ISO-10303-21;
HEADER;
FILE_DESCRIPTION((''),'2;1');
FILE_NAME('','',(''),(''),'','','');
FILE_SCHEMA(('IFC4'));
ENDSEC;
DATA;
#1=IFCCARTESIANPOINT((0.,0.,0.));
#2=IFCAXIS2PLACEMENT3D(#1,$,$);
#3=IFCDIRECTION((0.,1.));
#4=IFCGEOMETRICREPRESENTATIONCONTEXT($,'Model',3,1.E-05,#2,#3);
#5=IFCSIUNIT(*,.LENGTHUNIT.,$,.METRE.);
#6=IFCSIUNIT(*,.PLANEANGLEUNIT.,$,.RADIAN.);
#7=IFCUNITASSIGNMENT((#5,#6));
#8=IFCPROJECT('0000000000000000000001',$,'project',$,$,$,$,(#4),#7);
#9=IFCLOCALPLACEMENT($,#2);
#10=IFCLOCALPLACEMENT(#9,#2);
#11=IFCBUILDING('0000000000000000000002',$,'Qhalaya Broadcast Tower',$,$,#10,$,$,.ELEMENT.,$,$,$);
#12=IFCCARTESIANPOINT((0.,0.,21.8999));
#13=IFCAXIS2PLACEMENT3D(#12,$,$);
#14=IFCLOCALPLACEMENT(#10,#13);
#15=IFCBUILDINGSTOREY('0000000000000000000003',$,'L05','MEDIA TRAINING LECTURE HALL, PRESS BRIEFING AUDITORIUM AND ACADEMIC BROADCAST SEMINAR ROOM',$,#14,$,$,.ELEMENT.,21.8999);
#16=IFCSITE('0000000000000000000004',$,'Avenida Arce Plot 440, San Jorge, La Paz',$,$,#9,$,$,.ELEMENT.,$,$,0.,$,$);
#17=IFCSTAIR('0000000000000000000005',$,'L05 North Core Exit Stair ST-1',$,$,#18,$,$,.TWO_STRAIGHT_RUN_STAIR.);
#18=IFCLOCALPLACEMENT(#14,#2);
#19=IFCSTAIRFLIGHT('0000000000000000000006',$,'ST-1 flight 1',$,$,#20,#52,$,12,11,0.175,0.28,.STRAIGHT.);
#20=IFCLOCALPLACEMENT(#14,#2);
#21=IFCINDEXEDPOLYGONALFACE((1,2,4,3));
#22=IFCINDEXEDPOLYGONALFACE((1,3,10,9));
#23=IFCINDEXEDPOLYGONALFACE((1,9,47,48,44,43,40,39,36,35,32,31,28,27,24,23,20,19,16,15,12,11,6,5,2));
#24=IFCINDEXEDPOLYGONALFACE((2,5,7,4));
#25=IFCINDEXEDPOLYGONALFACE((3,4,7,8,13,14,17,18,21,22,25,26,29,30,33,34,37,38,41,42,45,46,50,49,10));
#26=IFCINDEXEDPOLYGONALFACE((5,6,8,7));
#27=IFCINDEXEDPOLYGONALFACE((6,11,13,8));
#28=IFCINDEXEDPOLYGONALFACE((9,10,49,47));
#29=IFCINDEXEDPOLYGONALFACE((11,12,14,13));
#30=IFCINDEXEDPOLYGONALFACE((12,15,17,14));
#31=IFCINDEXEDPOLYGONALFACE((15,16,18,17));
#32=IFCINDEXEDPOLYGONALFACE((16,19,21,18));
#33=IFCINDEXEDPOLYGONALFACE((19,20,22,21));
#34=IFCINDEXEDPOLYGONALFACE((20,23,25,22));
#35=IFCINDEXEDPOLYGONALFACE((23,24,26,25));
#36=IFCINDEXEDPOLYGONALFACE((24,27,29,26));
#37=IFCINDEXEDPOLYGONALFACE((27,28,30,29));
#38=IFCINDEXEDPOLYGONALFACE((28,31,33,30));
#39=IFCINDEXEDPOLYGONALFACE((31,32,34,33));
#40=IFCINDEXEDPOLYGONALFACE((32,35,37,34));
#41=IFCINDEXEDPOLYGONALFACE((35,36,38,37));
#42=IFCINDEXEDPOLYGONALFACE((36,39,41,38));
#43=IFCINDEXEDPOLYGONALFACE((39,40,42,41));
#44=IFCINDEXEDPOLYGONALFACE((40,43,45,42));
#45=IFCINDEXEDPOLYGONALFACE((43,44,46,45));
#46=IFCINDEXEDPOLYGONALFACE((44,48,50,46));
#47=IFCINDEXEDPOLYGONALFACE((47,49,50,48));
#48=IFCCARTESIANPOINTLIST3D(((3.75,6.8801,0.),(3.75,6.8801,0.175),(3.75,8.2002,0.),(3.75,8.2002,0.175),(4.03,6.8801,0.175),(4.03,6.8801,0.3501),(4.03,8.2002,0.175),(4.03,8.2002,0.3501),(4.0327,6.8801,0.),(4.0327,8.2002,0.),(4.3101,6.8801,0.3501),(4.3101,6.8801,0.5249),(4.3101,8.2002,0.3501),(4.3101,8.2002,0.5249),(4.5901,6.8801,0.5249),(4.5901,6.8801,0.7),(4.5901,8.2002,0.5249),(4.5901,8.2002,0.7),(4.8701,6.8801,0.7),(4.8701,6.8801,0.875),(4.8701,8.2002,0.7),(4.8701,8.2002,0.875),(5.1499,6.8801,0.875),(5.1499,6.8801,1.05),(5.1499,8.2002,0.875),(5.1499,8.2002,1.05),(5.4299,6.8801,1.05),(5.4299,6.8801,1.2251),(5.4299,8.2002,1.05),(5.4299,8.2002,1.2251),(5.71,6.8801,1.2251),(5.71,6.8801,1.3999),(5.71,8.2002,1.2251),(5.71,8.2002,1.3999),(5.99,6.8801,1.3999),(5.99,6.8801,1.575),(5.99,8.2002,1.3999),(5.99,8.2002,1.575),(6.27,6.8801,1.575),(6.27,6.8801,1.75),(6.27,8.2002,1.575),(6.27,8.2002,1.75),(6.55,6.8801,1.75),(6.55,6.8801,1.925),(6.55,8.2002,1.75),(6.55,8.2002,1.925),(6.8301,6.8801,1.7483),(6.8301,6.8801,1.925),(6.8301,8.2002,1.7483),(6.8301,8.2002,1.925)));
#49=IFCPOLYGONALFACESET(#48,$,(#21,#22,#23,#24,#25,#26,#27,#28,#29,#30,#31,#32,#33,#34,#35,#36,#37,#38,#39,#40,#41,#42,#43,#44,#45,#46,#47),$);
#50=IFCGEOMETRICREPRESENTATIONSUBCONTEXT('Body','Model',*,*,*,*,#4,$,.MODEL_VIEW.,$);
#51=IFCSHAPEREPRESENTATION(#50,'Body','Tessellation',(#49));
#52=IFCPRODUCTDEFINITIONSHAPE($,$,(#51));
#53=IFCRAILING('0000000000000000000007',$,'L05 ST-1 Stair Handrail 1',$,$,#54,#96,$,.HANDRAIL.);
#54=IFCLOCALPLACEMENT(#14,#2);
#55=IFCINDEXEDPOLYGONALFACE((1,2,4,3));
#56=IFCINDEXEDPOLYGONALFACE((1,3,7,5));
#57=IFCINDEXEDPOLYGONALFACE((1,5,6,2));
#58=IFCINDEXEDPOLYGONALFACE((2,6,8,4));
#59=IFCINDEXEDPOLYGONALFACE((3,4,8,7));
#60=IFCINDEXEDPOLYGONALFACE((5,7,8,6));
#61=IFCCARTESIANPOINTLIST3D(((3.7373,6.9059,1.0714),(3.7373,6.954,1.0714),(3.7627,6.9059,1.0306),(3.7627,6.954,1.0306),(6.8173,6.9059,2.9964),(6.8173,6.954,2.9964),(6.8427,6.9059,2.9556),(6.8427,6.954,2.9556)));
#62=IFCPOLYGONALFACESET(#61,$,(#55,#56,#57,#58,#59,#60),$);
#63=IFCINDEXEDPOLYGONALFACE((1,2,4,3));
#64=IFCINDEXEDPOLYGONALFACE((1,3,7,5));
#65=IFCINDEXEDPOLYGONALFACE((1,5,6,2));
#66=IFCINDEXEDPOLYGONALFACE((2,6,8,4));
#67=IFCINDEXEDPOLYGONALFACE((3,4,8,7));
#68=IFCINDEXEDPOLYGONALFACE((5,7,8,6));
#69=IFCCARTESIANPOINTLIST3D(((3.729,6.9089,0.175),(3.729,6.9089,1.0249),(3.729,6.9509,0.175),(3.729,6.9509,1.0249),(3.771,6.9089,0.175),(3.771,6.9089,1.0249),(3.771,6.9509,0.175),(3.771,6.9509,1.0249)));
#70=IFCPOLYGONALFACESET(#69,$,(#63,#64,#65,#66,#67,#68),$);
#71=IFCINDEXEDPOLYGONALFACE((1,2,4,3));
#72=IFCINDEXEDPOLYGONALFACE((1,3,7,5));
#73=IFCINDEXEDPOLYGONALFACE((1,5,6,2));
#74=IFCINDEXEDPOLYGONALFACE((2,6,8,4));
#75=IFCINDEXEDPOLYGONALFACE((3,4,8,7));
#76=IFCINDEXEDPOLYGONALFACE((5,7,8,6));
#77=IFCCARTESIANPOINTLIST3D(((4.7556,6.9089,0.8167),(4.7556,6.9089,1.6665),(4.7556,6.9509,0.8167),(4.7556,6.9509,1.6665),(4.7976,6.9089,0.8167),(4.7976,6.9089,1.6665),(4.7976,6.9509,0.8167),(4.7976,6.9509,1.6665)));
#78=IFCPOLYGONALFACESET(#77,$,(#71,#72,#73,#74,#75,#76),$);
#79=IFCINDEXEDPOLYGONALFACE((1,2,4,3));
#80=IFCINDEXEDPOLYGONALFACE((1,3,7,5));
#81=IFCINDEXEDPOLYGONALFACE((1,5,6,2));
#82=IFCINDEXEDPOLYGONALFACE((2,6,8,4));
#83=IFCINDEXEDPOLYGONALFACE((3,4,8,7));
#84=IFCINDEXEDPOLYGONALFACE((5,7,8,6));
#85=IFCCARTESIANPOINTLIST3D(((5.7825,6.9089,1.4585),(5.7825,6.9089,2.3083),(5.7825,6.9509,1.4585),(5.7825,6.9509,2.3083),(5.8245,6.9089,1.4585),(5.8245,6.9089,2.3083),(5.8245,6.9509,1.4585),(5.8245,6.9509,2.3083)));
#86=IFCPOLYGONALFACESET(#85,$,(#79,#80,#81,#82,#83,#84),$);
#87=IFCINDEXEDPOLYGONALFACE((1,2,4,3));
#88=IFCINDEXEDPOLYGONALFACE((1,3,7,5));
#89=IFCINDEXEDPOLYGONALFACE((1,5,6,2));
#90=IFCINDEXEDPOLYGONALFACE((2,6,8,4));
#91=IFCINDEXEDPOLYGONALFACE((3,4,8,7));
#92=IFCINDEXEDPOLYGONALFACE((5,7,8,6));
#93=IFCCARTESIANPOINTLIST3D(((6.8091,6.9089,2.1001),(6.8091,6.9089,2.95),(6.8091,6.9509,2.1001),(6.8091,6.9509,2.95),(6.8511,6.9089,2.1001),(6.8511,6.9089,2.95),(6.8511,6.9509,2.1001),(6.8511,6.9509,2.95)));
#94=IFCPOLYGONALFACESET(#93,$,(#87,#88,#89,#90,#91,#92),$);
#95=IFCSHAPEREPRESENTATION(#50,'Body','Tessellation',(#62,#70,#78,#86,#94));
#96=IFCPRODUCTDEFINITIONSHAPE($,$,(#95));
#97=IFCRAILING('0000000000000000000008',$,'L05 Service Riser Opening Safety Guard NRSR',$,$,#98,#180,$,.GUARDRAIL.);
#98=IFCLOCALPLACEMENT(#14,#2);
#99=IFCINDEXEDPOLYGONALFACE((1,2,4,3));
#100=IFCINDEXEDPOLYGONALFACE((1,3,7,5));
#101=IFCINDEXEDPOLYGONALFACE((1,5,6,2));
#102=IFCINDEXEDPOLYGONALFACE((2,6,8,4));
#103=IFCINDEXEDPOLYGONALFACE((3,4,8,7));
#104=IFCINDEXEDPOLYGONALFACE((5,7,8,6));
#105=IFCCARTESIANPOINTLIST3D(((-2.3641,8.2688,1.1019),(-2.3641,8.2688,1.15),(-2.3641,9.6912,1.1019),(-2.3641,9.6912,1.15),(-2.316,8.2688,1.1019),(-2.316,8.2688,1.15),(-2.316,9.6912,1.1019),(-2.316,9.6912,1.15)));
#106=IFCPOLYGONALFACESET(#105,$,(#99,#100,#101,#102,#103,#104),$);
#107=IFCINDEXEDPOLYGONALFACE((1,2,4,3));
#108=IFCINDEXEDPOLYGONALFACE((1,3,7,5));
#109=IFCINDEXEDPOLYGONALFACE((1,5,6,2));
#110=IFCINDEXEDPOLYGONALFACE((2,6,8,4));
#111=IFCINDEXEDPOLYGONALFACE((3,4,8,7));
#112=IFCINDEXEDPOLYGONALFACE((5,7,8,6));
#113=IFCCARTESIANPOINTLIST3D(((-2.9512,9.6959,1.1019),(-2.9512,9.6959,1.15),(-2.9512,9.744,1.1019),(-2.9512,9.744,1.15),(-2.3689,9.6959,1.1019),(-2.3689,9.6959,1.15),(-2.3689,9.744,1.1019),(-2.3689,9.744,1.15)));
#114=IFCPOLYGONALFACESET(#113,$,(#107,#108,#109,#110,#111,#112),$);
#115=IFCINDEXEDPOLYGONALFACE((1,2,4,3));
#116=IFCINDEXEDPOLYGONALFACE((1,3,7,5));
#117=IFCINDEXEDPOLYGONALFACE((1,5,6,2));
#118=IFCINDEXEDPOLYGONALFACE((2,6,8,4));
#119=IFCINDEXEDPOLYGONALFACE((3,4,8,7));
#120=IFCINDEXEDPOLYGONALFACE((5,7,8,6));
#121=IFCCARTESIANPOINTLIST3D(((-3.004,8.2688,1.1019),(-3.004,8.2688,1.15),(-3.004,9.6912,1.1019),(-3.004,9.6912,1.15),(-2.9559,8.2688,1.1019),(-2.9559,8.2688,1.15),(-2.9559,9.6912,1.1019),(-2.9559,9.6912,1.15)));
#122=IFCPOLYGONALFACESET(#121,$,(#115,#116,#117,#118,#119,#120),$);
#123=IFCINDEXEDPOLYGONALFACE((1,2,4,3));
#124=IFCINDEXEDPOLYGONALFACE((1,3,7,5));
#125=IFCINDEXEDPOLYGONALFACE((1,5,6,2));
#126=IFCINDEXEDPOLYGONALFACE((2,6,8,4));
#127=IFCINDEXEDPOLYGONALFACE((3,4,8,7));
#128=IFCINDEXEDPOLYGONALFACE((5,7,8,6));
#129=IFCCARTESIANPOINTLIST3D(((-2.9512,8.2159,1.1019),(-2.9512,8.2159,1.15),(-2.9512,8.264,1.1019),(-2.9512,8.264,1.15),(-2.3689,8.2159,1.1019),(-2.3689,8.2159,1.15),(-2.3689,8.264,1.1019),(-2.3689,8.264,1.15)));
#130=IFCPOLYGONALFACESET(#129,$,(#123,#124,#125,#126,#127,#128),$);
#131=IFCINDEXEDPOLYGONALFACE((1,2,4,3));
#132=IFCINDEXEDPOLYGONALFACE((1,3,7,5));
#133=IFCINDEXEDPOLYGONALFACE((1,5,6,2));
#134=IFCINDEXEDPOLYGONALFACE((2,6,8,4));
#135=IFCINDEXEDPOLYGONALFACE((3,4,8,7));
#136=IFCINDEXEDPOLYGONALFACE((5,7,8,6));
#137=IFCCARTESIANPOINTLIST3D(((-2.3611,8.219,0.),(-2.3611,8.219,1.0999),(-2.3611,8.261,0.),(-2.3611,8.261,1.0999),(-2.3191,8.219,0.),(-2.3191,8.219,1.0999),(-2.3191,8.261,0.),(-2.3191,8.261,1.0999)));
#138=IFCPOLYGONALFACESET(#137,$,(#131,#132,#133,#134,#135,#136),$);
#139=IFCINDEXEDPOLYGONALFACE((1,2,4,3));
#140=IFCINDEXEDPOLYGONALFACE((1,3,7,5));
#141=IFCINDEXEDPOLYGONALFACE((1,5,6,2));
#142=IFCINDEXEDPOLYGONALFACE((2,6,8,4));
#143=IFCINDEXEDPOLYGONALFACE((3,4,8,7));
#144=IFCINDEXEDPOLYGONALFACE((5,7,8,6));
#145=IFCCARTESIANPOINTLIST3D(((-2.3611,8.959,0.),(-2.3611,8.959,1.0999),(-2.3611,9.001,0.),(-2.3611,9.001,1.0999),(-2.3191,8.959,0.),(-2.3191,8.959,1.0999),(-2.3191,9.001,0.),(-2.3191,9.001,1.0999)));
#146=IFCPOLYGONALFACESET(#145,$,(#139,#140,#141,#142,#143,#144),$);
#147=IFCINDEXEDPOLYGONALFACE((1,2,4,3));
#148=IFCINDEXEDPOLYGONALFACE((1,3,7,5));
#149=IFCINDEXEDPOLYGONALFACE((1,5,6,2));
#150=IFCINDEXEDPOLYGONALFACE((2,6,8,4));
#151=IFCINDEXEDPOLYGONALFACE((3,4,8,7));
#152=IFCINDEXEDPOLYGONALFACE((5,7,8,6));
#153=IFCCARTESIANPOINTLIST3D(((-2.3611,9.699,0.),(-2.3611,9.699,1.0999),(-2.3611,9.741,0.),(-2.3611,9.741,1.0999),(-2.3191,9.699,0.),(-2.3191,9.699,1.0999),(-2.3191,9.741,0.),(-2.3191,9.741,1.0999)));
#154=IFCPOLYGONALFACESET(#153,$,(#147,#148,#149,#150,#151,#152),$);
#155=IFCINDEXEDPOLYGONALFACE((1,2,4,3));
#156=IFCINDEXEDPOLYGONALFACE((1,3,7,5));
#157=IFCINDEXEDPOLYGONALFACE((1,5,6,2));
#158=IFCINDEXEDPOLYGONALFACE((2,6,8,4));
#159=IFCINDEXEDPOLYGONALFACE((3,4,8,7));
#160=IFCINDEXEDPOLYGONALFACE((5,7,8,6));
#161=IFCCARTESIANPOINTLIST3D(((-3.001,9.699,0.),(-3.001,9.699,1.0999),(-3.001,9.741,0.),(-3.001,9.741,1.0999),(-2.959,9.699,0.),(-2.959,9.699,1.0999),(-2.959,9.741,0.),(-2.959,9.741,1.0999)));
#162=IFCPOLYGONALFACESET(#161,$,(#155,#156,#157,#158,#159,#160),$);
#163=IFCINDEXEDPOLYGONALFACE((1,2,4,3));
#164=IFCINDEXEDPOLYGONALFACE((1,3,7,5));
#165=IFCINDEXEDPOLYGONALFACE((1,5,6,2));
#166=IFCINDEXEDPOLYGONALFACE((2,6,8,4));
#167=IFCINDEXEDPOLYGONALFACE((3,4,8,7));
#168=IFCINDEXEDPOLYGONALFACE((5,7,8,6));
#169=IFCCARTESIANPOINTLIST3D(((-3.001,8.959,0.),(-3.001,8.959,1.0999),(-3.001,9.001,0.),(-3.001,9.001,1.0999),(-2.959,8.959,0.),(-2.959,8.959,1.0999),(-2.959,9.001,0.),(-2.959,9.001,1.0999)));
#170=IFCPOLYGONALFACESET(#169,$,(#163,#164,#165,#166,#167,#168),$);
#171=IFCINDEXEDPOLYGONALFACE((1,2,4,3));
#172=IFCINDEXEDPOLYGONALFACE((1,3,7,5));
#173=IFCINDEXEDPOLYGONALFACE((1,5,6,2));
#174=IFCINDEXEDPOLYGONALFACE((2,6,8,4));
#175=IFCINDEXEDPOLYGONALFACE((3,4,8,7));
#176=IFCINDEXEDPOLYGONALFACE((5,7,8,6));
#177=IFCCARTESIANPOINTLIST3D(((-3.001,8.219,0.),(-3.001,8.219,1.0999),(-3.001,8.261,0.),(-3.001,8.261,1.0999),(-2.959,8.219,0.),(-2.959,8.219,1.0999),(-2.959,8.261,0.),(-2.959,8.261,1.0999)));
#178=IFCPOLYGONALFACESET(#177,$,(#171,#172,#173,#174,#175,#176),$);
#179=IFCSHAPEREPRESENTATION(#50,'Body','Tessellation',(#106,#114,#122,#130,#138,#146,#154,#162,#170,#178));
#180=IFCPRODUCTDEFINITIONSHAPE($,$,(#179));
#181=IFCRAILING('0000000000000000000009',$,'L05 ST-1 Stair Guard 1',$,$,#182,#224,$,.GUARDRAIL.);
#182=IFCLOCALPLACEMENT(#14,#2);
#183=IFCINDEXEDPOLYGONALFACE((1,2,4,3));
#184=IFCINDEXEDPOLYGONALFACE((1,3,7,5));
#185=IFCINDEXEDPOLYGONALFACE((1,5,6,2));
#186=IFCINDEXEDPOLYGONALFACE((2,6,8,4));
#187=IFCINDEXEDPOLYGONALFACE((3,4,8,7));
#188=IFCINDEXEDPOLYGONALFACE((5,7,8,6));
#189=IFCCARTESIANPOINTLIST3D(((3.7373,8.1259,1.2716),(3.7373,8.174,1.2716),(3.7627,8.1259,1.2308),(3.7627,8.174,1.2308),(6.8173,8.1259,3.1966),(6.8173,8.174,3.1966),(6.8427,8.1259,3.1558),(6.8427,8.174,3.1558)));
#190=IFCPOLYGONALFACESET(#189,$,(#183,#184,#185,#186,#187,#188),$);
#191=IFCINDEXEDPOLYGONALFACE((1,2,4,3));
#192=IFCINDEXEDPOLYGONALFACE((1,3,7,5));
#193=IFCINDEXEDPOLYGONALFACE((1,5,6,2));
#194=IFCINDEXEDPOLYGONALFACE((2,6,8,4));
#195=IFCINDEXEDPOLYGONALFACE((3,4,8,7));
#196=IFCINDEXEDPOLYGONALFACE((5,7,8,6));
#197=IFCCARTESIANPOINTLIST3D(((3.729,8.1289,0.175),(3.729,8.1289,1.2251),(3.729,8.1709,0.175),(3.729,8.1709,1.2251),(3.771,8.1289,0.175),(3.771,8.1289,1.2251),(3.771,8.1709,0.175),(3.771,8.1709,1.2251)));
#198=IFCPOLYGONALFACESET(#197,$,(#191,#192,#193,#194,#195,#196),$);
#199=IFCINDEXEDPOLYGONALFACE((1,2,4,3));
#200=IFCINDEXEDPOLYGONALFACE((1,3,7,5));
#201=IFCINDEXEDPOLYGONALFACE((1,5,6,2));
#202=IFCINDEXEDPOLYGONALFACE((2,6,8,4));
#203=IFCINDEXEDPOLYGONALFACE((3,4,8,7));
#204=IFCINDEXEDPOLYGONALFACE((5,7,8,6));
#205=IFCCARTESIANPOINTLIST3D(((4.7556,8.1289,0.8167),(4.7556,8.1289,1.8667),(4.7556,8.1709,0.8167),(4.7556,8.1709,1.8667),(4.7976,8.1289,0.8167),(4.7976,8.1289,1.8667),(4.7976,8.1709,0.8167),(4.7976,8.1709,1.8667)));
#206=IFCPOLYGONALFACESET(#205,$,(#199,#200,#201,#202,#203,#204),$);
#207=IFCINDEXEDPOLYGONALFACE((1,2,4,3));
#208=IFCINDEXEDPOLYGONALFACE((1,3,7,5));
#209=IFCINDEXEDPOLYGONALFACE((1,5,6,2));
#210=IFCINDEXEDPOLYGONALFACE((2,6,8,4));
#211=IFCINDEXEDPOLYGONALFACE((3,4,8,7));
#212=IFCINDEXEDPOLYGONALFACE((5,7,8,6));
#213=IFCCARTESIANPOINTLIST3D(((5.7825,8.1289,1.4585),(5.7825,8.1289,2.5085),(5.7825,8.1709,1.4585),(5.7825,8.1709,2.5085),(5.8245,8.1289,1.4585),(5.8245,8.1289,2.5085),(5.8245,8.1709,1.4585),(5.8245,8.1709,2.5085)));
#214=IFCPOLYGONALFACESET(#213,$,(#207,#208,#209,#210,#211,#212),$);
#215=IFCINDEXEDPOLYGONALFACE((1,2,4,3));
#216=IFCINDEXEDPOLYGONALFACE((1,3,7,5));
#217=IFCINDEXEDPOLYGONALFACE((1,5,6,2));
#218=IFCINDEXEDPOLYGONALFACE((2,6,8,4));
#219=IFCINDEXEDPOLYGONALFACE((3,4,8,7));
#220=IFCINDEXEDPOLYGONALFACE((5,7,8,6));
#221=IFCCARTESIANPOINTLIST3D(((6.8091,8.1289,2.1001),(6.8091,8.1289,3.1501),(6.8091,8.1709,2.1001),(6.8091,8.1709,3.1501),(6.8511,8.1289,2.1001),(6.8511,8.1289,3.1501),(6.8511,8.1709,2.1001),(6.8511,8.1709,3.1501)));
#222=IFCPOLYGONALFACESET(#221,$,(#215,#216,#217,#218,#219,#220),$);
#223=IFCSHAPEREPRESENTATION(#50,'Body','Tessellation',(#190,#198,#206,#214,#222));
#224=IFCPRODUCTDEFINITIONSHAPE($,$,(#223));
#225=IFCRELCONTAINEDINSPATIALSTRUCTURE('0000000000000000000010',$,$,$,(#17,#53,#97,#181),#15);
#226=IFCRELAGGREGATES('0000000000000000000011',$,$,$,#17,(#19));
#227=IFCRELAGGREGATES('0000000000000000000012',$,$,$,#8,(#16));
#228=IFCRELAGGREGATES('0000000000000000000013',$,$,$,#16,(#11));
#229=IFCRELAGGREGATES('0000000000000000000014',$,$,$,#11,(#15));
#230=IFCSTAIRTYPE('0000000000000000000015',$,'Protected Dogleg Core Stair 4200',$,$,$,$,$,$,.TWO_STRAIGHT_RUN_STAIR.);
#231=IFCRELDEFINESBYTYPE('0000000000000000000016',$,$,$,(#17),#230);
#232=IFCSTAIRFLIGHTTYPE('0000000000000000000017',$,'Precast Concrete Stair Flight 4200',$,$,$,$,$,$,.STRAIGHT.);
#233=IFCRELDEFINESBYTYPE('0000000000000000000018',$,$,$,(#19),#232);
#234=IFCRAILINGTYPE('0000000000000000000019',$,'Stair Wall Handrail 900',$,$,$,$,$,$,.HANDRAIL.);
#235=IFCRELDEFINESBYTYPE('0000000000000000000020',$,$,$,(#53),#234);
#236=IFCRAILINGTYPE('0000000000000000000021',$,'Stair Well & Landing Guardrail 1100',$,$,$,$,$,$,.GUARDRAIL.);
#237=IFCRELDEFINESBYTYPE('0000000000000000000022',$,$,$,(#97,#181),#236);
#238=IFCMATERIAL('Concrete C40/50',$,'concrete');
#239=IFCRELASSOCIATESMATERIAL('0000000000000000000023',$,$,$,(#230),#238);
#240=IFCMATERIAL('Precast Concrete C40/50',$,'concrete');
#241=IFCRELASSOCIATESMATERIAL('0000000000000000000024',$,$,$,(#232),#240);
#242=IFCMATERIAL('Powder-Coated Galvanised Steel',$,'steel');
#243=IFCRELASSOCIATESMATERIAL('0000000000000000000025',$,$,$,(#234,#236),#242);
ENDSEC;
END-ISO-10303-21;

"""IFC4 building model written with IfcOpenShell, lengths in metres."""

from ifc_helpers import new_model, si_unit, direction, frame, origin, origin_2d, place, context, subcontext, project, spatial, polyline, rectangle, outline, extrude, material, type_object, element, aggregate, save


model = new_model("IFC4")

# Units and contexts
model_context = context("Model", 3, precision=1e-05, world=origin(), true_north=direction((0.0, 1.0)))
body_context = subcontext(model_context, "Body", "Model", "MODEL_VIEW")
ifc_project = project(units=[si_unit("LENGTHUNIT", "METRE"), si_unit("PLANEANGLEUNIT", "RADIAN")], contexts=[model_context])

# Site, building, storey
site_placement = place(None, origin())
site = spatial("IfcSite", under=ifc_project, at=site_placement, Name="Avenida Arce Plot 440, San Jorge, La Paz", CompositionType="ELEMENT", RefElevation=0.0)
building_placement = place(site_placement, origin())
building = spatial("IfcBuilding", under=site, at=building_placement, Name="Qhalaya Broadcast Tower", CompositionType="ELEMENT")
storey_placement = place(building_placement, frame((0.0, 0.0, 21.8999)))
storey = spatial("IfcBuildingStorey", under=building, at=storey_placement, Name="L05", Description="MEDIA TRAINING LECTURE HALL, PRESS BRIEFING AUDITORIUM AND ACADEMIC BROADCAST SEMINAR ROOM", CompositionType="ELEMENT", Elevation=21.8999)

# Stair
ifc_material_1 = material(Name="Concrete C40/50", Category="concrete")
stair_type = type_object("IfcStairType", Name="Protected Dogleg Core Stair 4200", PredefinedType="TWO_STRAIGHT_RUN_STAIR", material=ifc_material_1)
stair_1_placement = place(storey_placement, origin())
stair_1 = element("IfcStair", 1, at=stair_1_placement, inside=storey, type_object=stair_type, Name="L05 North Core Exit Stair ST-1", PredefinedType="TWO_STRAIGHT_RUN_STAIR")

# Stair flight
ifc_material_2 = material(Name="Precast Concrete C40/50", Category="concrete")
stair_flight_type = type_object("IfcStairFlightType", Name="Precast Concrete Stair Flight 4200", PredefinedType="STRAIGHT", material=ifc_material_2)
stair_flight_placement = place(storey_placement, frame((3.75, 7.54, 0.0), z_axis=(0.0, 0.0, 1.0), x_axis=(1.0, 0.0, 0.0)))
stair_flight = element("IfcStairFlight", 2, at=stair_flight_placement, type_object=stair_flight_type, Name="ST-1 flight 1", NumberOfRisers=12, NumberOfTreads=11, PredefinedType="STRAIGHT", RiserHeight=0.175, TreadLength=0.28, context=body_context, shape_type="SweptSolid", body=[
    extrude(outline(polyline([(0.0, 0.0), (0.0, 0.175), (0.28, 0.175), (0.28, 0.3501), (0.5601, 0.3501), (0.5601, 0.5249), (0.8401, 0.5249), (0.8401, 0.7), (1.1201, 0.7), (1.1201, 0.875), (1.3999, 0.875), (1.3999, 1.05), (1.6799, 1.05), (1.6799, 1.2251), (1.96, 1.2251), (1.96, 1.3999), (2.24, 1.3999), (2.24, 1.575), (2.52, 1.575), (2.52, 1.75), (2.8, 1.75), (2.8, 1.925), (3.0801, 1.925), (3.0801, 2.1001), (3.0801, 1.7483), (0.2827, 0.0), (0.0, 0.0)])), frame((0.0, 0.6602, 0.0), z_axis=(0.0, -1.0, 0.0), x_axis=(1.0, 0.0, 0.0)), (0.0, 0.0, 1.0), 1.3201),
])
aggregate(stair_1, [stair_flight])

# Railings
ifc_material_3 = material(Name="Powder-Coated Galvanised Steel", Category="steel")
railing_type_1 = type_object("IfcRailingType", Name="Stair Wall Handrail 900", PredefinedType="HANDRAIL", material=ifc_material_3)
railing_1_placement = place(storey_placement, frame((3.75, 6.9299, 0.175)))
element("IfcRailing", 3, at=railing_1_placement, inside=storey, type_object=railing_type_1, Name="L05 ST-1 Stair Handrail 1", PredefinedType="HANDRAIL", context=body_context, shape_type="SweptSolid", body=[
    extrude(rectangle(XDim=0.0481, YDim=0.0481, at=origin_2d()), frame((0.0, 0.0, 0.876), z_axis=(0.847998, 0.0, 0.529999), x_axis=(0.0, 1.0, 0.0)), (0.0, 0.0, 1.0), 3.6321),
    extrude(rectangle(XDim=0.042, YDim=0.042, at=origin_2d()), origin(), (0.0, 0.0, 1.0), 0.8499),
    extrude(rectangle(XDim=0.042, YDim=0.042, at=origin_2d()), frame((1.0266, 0.0, 0.6416)), (0.0, 0.0, 1.0), 0.8499),
    extrude(rectangle(XDim=0.042, YDim=0.042, at=origin_2d()), frame((2.0535, 0.0, 1.2834)), (0.0, 0.0, 1.0), 0.8499),
    extrude(rectangle(XDim=0.042, YDim=0.042, at=origin_2d()), frame((3.0801, 0.0, 1.925)), (0.0, 0.0, 1.0), 0.8499),
])
railing_type_2 = type_object("IfcRailingType", Name="Stair Well & Landing Guardrail 1100", PredefinedType="GUARDRAIL", material=ifc_material_3)
railing_2_placement = place(storey_placement, frame((-2.3401, 8.24, 0.0)))
element("IfcRailing", 4, at=railing_2_placement, inside=storey, type_object=railing_type_2, Name="L05 Service Riser Opening Safety Guard NRSR", PredefinedType="GUARDRAIL", context=body_context, shape_type="SweptSolid", body=[
    extrude(rectangle(XDim=0.0481, YDim=0.0481, at=origin_2d()), frame((0.0, 0.0288, 1.126), z_axis=(0.0, 1.0, 0.0), x_axis=(-1.0, 0.0, 0.0)), (0.0, 0.0, 1.0), 1.4224),
    extrude(rectangle(XDim=0.0481, YDim=0.0481, at=origin_2d()), frame((-0.0288, 1.48, 1.126), z_axis=(-1.0, 0.0, 0.0), x_axis=(0.0, -1.0, 0.0)), (0.0, 0.0, 1.0), 0.5823),
    extrude(rectangle(XDim=0.0481, YDim=0.0481, at=origin_2d()), frame((-0.6399, 1.4512, 1.126), z_axis=(0.0, -1.0, 0.0), x_axis=(1.0, 0.0, 0.0)), (0.0, 0.0, 1.0), 1.4224),
    extrude(rectangle(XDim=0.0481, YDim=0.0481, at=origin_2d()), frame((-0.6111, 0.0, 1.126), z_axis=(1.0, 0.0, 0.0), x_axis=(0.0, 1.0, 0.0)), (0.0, 0.0, 1.0), 0.5823),
    extrude(rectangle(XDim=0.042, YDim=0.042, at=origin_2d()), origin(), (0.0, 0.0, 1.0), 1.0999),
    extrude(rectangle(XDim=0.042, YDim=0.042, at=origin_2d()), frame((0.0, 0.74, 0.0)), (0.0, 0.0, 1.0), 1.0999),
    extrude(rectangle(XDim=0.042, YDim=0.042, at=origin_2d()), frame((0.0, 1.48, 0.0)), (0.0, 0.0, 1.0), 1.0999),
    extrude(rectangle(XDim=0.042, YDim=0.042, at=origin_2d()), frame((-0.6399, 1.48, 0.0)), (0.0, 0.0, 1.0), 1.0999),
    extrude(rectangle(XDim=0.042, YDim=0.042, at=origin_2d()), frame((-0.6399, 0.74, 0.0)), (0.0, 0.0, 1.0), 1.0999),
    extrude(rectangle(XDim=0.042, YDim=0.042, at=origin_2d()), frame((-0.6399, 0.0, 0.0)), (0.0, 0.0, 1.0), 1.0999),
])
railing_3_placement = place(storey_placement, frame((3.75, 8.1499, 0.175)))
element("IfcRailing", 5, at=railing_3_placement, inside=storey, type_object=railing_type_2, Name="L05 ST-1 Stair Guard 1", PredefinedType="GUARDRAIL", context=body_context, shape_type="SweptSolid", body=[
    extrude(rectangle(XDim=0.0481, YDim=0.0481, at=origin_2d()), frame((0.0, 0.0, 1.0762), z_axis=(0.847998, 0.0, 0.529999), x_axis=(0.0, 1.0, 0.0)), (0.0, 0.0, 1.0), 3.6321),
    extrude(rectangle(XDim=0.042, YDim=0.042, at=origin_2d()), origin(), (0.0, 0.0, 1.0), 1.05),
    extrude(rectangle(XDim=0.042, YDim=0.042, at=origin_2d()), frame((1.0266, 0.0, 0.6416)), (0.0, 0.0, 1.0), 1.05),
    extrude(rectangle(XDim=0.042, YDim=0.042, at=origin_2d()), frame((2.0535, 0.0, 1.2834)), (0.0, 0.0, 1.0), 1.05),
    extrude(rectangle(XDim=0.042, YDim=0.042, at=origin_2d()), frame((3.0801, 0.0, 1.925)), (0.0, 0.0, 1.0), 1.05),
])

save(model, "model.ifc")
